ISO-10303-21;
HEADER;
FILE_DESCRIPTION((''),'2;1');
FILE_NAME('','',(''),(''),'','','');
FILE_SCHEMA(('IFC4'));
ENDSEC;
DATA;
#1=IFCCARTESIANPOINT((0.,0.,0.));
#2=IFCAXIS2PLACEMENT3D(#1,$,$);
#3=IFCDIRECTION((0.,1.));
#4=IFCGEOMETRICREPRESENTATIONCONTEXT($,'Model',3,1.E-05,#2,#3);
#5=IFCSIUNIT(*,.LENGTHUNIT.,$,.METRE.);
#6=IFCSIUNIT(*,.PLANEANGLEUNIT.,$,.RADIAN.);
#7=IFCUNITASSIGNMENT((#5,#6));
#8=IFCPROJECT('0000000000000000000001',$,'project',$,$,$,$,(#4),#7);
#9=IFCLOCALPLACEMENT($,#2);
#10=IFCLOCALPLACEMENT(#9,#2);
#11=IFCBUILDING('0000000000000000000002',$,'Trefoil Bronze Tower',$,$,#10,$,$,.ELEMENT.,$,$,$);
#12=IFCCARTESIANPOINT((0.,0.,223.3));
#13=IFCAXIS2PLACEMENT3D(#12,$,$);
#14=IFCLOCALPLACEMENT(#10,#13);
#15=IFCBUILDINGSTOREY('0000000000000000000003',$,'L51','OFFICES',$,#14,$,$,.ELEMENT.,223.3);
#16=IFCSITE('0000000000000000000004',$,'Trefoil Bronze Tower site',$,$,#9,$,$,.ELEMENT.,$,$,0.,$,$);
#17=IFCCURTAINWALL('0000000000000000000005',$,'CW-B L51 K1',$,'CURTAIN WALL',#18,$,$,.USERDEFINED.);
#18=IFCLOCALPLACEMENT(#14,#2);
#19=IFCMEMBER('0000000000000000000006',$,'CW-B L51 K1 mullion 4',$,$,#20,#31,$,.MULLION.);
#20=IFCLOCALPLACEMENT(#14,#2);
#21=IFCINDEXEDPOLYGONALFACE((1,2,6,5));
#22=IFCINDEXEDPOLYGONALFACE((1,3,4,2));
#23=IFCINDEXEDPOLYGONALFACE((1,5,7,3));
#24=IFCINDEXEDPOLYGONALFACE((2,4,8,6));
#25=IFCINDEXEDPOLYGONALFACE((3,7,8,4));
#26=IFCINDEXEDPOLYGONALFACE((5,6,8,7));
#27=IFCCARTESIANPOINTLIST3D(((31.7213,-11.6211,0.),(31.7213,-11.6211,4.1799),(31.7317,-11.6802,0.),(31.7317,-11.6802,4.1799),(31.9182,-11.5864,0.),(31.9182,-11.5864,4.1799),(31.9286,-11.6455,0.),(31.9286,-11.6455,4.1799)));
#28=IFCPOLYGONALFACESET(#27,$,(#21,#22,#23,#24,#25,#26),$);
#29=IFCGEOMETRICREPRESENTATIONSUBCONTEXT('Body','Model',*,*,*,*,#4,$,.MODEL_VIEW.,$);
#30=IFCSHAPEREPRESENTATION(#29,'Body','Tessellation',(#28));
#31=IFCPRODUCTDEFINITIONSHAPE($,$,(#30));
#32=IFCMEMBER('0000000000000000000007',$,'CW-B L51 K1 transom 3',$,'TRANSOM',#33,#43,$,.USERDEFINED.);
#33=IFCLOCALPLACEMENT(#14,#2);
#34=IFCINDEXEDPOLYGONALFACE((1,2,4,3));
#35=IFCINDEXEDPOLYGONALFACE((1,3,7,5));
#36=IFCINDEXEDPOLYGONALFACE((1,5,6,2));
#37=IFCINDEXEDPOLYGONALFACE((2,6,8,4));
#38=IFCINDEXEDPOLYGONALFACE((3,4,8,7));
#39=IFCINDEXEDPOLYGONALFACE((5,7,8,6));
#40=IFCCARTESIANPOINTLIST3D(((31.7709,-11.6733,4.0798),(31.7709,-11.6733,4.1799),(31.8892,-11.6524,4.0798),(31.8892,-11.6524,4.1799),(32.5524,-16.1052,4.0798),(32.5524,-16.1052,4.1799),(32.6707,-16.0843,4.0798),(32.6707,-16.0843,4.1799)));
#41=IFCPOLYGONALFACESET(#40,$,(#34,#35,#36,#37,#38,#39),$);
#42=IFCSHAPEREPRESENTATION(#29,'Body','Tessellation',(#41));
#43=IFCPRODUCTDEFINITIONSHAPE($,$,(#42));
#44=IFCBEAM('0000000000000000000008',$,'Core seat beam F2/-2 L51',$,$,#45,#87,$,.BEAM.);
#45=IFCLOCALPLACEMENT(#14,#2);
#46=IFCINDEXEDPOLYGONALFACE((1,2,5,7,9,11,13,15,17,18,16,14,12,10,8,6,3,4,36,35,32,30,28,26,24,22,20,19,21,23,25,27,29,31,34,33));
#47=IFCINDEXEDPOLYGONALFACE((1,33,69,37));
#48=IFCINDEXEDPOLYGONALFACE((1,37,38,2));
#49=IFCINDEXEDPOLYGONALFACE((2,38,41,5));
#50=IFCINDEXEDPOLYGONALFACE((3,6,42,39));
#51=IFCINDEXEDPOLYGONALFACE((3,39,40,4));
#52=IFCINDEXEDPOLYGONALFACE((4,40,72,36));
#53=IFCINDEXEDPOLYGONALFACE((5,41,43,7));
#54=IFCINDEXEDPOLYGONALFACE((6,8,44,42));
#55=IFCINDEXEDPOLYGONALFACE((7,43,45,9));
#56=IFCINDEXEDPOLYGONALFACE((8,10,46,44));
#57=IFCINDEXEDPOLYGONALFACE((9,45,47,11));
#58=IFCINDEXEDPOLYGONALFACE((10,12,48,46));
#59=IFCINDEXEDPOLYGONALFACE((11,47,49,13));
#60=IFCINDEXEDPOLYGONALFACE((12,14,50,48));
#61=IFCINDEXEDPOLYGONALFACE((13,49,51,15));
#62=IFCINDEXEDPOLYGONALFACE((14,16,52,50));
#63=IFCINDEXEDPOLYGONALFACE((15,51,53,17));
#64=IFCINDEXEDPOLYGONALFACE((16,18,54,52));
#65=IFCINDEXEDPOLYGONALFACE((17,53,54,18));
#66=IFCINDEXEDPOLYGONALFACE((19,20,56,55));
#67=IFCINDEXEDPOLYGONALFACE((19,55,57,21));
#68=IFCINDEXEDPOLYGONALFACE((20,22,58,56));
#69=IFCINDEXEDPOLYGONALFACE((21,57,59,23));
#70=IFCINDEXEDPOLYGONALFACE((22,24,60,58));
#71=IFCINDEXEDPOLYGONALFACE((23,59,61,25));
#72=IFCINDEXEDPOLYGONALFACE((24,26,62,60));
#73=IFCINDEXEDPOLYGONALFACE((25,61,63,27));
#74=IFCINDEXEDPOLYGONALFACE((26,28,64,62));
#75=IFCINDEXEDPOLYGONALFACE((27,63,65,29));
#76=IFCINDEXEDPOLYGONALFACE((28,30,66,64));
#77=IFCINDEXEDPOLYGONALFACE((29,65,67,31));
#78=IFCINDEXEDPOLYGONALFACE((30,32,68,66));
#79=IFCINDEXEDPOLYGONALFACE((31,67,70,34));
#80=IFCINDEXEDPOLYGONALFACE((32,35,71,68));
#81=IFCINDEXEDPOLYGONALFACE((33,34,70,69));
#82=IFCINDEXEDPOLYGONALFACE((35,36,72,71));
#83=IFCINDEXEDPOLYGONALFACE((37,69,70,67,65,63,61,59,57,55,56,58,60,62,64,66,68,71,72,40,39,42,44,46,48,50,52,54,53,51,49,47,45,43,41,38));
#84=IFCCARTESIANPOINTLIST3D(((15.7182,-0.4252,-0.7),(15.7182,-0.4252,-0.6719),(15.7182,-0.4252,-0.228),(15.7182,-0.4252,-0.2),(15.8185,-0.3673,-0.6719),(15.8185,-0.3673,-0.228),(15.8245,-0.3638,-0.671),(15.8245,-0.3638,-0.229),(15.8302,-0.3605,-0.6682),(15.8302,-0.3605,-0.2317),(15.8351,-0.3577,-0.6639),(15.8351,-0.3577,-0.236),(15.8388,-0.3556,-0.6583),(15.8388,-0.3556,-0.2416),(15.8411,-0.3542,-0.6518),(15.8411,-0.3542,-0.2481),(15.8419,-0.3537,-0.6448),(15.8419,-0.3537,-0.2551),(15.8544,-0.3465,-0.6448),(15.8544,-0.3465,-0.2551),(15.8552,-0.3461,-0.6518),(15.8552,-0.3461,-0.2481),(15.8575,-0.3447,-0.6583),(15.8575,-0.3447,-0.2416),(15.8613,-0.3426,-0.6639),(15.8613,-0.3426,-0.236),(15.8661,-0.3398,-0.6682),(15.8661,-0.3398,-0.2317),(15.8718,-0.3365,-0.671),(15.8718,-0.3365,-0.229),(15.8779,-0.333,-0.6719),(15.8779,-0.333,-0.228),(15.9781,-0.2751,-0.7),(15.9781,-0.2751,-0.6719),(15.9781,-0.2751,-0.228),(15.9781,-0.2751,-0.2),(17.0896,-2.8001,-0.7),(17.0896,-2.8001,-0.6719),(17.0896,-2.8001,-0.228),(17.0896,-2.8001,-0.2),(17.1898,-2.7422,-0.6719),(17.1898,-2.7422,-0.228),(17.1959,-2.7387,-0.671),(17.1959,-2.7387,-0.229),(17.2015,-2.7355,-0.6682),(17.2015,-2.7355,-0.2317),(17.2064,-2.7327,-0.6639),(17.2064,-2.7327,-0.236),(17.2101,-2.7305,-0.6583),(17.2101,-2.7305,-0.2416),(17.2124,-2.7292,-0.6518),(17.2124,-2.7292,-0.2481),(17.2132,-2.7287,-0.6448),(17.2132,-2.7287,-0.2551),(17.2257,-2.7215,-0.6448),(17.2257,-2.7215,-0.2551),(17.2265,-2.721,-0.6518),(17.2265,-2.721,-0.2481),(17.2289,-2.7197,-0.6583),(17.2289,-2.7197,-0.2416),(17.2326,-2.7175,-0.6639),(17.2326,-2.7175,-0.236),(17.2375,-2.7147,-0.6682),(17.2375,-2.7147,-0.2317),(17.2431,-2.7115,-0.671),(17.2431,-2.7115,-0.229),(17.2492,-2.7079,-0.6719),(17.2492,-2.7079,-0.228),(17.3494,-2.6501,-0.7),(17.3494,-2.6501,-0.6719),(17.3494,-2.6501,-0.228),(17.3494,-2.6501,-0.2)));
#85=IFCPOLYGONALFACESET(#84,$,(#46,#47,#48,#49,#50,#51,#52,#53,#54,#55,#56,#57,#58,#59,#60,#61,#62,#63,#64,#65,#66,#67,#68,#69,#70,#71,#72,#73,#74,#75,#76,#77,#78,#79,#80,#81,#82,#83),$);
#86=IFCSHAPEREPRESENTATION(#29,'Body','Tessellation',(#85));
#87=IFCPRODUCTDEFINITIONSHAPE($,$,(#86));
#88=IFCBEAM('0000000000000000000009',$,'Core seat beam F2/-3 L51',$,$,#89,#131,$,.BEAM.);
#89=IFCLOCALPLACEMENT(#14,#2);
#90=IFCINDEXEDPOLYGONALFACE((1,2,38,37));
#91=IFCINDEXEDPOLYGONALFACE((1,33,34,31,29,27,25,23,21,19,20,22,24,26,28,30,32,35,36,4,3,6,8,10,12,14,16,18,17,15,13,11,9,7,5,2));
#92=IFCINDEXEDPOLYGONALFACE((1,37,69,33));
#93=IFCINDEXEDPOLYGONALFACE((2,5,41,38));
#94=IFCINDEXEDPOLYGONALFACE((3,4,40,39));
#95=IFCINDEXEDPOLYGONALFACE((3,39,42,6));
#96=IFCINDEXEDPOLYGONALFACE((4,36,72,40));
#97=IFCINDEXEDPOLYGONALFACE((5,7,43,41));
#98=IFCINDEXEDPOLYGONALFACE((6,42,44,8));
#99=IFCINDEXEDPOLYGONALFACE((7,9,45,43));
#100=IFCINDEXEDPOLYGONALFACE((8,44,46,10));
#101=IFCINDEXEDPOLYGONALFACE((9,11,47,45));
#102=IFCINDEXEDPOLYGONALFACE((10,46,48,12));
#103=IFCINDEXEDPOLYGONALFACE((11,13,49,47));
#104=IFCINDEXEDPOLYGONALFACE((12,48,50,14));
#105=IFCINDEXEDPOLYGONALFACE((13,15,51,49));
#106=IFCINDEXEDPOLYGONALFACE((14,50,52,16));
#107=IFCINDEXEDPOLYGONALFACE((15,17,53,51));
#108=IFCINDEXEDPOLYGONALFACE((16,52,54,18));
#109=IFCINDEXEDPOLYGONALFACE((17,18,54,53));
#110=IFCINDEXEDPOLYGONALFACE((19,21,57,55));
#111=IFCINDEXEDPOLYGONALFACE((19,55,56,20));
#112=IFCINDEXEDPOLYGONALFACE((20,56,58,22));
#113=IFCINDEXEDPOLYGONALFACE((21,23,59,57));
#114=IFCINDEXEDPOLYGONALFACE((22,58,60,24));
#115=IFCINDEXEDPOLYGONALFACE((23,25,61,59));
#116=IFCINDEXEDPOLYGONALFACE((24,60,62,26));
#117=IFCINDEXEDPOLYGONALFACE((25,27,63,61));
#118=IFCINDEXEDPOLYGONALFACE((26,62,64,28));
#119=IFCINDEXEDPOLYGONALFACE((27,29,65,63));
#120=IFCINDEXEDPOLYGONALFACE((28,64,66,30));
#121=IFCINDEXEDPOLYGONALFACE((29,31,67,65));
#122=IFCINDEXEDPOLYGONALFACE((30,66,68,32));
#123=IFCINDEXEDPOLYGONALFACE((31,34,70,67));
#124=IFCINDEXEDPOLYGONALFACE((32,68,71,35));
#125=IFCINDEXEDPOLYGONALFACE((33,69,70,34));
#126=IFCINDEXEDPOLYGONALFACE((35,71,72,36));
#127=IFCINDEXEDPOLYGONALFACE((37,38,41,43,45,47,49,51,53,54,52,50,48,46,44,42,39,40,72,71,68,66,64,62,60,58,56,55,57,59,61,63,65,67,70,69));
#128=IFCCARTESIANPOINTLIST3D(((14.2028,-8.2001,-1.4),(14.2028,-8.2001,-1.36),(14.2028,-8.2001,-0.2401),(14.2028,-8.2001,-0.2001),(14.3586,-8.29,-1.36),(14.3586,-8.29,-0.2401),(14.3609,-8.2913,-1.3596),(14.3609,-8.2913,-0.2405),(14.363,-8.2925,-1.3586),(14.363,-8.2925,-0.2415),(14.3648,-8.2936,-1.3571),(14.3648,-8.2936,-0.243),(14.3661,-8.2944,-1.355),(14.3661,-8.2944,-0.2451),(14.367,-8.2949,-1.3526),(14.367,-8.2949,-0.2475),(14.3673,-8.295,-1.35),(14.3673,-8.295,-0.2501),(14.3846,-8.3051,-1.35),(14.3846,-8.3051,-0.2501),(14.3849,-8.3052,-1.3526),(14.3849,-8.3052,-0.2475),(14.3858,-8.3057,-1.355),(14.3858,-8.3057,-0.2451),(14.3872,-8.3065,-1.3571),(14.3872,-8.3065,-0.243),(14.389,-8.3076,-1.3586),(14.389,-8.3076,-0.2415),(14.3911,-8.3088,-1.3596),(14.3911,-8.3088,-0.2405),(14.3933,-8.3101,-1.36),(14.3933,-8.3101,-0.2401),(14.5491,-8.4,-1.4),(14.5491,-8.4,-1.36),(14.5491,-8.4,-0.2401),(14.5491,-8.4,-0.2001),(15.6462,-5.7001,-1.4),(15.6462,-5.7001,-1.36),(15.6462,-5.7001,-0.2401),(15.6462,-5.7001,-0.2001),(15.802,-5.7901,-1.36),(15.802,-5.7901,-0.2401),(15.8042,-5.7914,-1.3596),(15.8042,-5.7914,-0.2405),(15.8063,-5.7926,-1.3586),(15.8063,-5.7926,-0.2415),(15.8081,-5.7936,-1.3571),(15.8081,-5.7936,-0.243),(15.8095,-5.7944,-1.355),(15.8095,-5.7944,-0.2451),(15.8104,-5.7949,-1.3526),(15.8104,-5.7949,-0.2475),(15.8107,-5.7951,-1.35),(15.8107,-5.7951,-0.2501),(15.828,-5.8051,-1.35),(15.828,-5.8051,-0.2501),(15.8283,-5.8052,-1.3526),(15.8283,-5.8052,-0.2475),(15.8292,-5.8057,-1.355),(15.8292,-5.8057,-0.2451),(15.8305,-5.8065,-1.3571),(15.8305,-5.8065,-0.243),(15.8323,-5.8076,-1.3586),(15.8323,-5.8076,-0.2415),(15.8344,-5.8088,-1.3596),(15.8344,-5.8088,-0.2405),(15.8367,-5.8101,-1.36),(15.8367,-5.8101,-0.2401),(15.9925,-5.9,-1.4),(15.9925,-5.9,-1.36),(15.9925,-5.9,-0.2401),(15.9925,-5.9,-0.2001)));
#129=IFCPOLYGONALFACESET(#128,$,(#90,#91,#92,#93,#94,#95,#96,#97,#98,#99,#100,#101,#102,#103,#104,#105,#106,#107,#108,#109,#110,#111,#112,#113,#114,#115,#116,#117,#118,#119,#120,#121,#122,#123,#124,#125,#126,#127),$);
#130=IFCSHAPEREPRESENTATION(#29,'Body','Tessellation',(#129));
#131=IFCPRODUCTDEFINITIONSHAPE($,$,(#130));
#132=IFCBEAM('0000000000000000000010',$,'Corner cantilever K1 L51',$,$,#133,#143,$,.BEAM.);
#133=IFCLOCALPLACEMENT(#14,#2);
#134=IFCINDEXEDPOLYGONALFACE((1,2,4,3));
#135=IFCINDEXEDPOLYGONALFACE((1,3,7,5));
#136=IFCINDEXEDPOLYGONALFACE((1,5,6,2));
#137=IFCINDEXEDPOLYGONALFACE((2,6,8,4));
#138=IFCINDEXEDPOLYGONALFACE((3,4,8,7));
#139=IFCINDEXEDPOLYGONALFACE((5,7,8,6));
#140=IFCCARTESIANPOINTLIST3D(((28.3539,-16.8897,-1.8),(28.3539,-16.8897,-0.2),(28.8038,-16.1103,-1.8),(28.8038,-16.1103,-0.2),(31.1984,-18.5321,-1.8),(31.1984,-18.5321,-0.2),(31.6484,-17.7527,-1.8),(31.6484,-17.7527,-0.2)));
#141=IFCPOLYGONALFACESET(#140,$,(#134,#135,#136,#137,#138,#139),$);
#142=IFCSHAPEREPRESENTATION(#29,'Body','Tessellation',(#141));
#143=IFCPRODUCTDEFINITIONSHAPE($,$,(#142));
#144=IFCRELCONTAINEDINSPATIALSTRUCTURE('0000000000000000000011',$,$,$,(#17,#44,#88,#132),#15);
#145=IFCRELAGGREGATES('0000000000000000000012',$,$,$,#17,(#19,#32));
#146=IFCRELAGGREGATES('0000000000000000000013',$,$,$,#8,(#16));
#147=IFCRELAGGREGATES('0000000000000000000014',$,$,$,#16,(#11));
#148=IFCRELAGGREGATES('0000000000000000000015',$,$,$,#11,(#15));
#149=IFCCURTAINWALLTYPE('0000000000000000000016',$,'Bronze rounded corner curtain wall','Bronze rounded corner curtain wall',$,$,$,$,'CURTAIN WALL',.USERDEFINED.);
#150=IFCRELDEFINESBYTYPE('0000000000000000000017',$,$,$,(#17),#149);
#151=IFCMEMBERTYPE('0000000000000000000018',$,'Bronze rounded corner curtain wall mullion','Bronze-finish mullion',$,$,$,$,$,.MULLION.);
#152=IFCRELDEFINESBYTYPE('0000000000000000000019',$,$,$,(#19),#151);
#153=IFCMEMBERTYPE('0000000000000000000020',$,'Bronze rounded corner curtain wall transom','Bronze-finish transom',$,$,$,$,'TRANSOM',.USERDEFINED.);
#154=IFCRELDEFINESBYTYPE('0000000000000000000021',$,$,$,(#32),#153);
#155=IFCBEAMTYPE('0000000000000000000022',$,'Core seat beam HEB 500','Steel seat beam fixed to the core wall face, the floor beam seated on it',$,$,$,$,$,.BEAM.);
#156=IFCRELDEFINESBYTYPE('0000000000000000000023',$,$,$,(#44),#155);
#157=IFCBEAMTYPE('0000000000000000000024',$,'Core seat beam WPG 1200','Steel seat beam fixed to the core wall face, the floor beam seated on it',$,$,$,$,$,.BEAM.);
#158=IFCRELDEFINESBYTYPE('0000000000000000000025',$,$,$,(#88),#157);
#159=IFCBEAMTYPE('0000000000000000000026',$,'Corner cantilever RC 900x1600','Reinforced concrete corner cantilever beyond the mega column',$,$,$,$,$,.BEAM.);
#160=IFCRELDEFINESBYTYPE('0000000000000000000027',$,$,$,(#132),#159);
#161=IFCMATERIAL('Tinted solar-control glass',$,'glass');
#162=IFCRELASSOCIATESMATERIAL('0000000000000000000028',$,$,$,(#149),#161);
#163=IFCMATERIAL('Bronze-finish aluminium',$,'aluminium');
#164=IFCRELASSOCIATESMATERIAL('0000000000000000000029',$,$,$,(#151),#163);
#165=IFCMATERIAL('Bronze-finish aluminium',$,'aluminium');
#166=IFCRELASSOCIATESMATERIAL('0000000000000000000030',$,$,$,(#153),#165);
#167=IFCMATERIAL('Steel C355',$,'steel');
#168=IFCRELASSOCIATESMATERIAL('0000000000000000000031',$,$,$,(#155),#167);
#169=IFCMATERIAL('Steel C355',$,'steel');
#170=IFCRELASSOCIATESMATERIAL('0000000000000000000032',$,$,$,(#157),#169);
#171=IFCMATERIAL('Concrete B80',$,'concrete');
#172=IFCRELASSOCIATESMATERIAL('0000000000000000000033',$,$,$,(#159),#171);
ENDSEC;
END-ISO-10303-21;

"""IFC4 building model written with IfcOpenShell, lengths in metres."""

from ifc_helpers import new_model, si_unit, direction, frame, origin, origin_2d, place, context, subcontext, project, spatial, rectangle, i_section, extrude, material, material_profile, profile_set, type_object, element, aggregate, save


model = new_model("IFC4")

# Units and contexts
model_context = context("Model", 3, precision=1e-05, world=origin(), true_north=direction((0.0, 1.0)))
body_context = subcontext(model_context, "Body", "Model", "MODEL_VIEW")
ifc_project = project(units=[si_unit("LENGTHUNIT", "METRE"), si_unit("PLANEANGLEUNIT", "RADIAN")], contexts=[model_context])

# Site, building, storey
site_placement = place(None, origin())
site = spatial("IfcSite", under=ifc_project, at=site_placement, Name="Trefoil Bronze Tower site", CompositionType="ELEMENT", RefElevation=0.0)
building_placement = place(site_placement, origin())
building = spatial("IfcBuilding", under=site, at=building_placement, Name="Trefoil Bronze Tower", CompositionType="ELEMENT")
storey_placement = place(building_placement, frame((0.0, 0.0, 223.3)))
storey = spatial("IfcBuildingStorey", under=building, at=storey_placement, Name="L51", Description="OFFICES", CompositionType="ELEMENT", Elevation=223.3)

# Curtain wall, members
ifc_material_1 = material(Name="Tinted solar-control glass", Category="glass")
curtain_wall_type_1 = type_object("IfcCurtainWallType", Name="Bronze rounded corner curtain wall", Description="Bronze rounded corner curtain wall", ElementType="CURTAIN WALL", PredefinedType="USERDEFINED", material=ifc_material_1)
curtain_wall_1_placement = place(storey_placement, origin())
curtain_wall_1 = element("IfcCurtainWall", 1, at=curtain_wall_1_placement, inside=storey, type_object=curtain_wall_type_1, Name="CW-B L51 K1", ObjectType="CURTAIN WALL", PredefinedType="USERDEFINED")
ifc_material_2 = material(Name="Bronze-finish aluminium", Category="aluminium")
ifc_material_profile_1 = material_profile(ifc_material_2, rectangle(XDim=0.2, YDim=0.0601, at=origin_2d()), Name="CW-B mullion")
ifc_profile_set_1 = profile_set([ifc_material_profile_1], Name="Bronze-finish aluminium")
member_type_1 = type_object("IfcMemberType", Name="Bronze rounded corner curtain wall mullion", Description="Bronze-finish mullion", PredefinedType="MULLION", material=ifc_profile_set_1)
member_1_placement = place(storey_placement, frame((31.825, -11.6333, 0.0), z_axis=(0.0, 0.0, 1.0), x_axis=(-0.984808, -0.173648, 0.0)))
member_1 = element("IfcMember", 2, at=member_1_placement, type_object=member_type_1, Name="CW-B L51 K1 mullion 4", PredefinedType="MULLION", context=body_context, shape_type="SweptSolid", body=[
    extrude(rectangle(XDim=0.2, YDim=0.0601, at=origin_2d()), origin(), (0.0, 0.0, 1.0), 4.1799),
])
ifc_material_3 = material(Name="Bronze-finish aluminium", Category="aluminium")
ifc_material_profile_2 = material_profile(ifc_material_3, rectangle(XDim=0.1201, YDim=0.1001, at=origin_2d()), Name="CW-B transom")
ifc_profile_set_2 = profile_set([ifc_material_profile_2], Name="Bronze-finish aluminium")
member_type_2 = type_object("IfcMemberType", Name="Bronze rounded corner curtain wall transom", Description="Bronze-finish transom", ElementType="TRANSOM", PredefinedType="USERDEFINED", material=ifc_profile_set_2)
member_2_placement = place(storey_placement, frame((32.6116, -16.0947, 4.1299), z_axis=(-0.173655, 0.984806, 0.0), x_axis=(-0.984806, -0.173655, 0.0)))
member_2 = element("IfcMember", 3, at=member_2_placement, type_object=member_type_2, Name="CW-B L51 K1 transom 3", ObjectType="TRANSOM", PredefinedType="USERDEFINED", context=body_context, shape_type="SweptSolid", body=[
    extrude(rectangle(XDim=0.1201, YDim=0.1001, at=origin_2d()), origin(), (0.0, 0.0, 1.0), 4.5002),
])

# Beams
ifc_material_4 = material(Name="Steel C355", Category="steel")
ifc_material_profile_3 = material_profile(ifc_material_4, i_section(OverallWidth=0.3, OverallDepth=0.5, WebThickness=0.0144, FlangeThickness=0.0281, FilletRadius=0.0271, at=origin_2d()), Name="HEB 500")
ifc_profile_set_3 = profile_set([ifc_material_profile_3], Name="Steel C355")
beam_type_1 = type_object("IfcBeamType", Name="Core seat beam HEB 500", Description="Steel seat beam fixed to the core wall face, the floor beam seated on it", PredefinedType="BEAM", material=ifc_profile_set_3)
beam_1_placement = place(storey_placement, frame((17.2195, -2.7251, -0.45), z_axis=(-0.500036, 0.866005, 0.0), x_axis=(-0.866005, -0.500036, 0.0)))
element("IfcBeam", 4, at=beam_1_placement, inside=storey, type_object=beam_type_1, Name="Core seat beam F2/-2 L51", PredefinedType="BEAM", context=body_context, shape_type="SweptSolid", body=[
    extrude(i_section(OverallWidth=0.3, OverallDepth=0.5, WebThickness=0.0144, FlangeThickness=0.0281, FilletRadius=0.0271, at=origin_2d()), origin(), (0.0, 0.0, 1.0), 2.7424),
])
ifc_material_5 = material(Name="Steel C355", Category="steel")
ifc_material_profile_4 = material_profile(ifc_material_5, i_section(OverallWidth=0.3999, OverallDepth=1.2, WebThickness=0.02, FlangeThickness=0.04, FilletRadius=0.01, at=origin_2d()), Name="WPG 1200")
ifc_profile_set_4 = profile_set([ifc_material_profile_4], Name="Steel C355")
beam_type_2 = type_object("IfcBeamType", Name="Core seat beam WPG 1200", Description="Steel seat beam fixed to the core wall face, the floor beam seated on it", PredefinedType="BEAM", material=ifc_profile_set_4)
beam_2_placement = place(storey_placement, frame((14.376, -8.3, -0.8), z_axis=(0.499996, 0.866028, 0.0), x_axis=(-0.866028, 0.499996, 0.0)))
element("IfcBeam", 5, at=beam_2_placement, inside=storey, type_object=beam_type_2, Name="Core seat beam F2/-3 L51", PredefinedType="BEAM", context=body_context, shape_type="SweptSolid", body=[
    extrude(i_section(OverallWidth=0.3999, OverallDepth=1.2, WebThickness=0.02, FlangeThickness=0.04, FilletRadius=0.01, at=origin_2d()), origin(), (0.0, 0.0, 1.0), 2.8867),
])
ifc_material_6 = material(Name="Concrete B80", Category="concrete")
ifc_material_profile_5 = material_profile(ifc_material_6, rectangle(XDim=0.8999, YDim=1.6001, at=origin_2d()), Name="RC 900x1600")
ifc_profile_set_5 = profile_set([ifc_material_profile_5], Name="Concrete B80")
beam_type_3 = type_object("IfcBeamType", Name="Corner cantilever RC 900x1600", Description="Reinforced concrete corner cantilever beyond the mega column", PredefinedType="BEAM", material=ifc_profile_set_5)
beam_3_placement = place(storey_placement, frame((28.5789, -16.5, -1.0), z_axis=(0.866016, -0.500016, 0.0), x_axis=(0.500016, 0.866016, 0.0)))
element("IfcBeam", 6, at=beam_3_placement, inside=storey, type_object=beam_type_3, Name="Corner cantilever K1 L51", PredefinedType="BEAM", context=body_context, shape_type="SweptSolid", body=[
    extrude(rectangle(XDim=0.8999, YDim=1.6001, at=origin_2d()), origin(), (0.0, 0.0, 1.0), 3.2847),
])

aggregate(curtain_wall_1, [member_1, member_2])

save(model, "model.ifc")
